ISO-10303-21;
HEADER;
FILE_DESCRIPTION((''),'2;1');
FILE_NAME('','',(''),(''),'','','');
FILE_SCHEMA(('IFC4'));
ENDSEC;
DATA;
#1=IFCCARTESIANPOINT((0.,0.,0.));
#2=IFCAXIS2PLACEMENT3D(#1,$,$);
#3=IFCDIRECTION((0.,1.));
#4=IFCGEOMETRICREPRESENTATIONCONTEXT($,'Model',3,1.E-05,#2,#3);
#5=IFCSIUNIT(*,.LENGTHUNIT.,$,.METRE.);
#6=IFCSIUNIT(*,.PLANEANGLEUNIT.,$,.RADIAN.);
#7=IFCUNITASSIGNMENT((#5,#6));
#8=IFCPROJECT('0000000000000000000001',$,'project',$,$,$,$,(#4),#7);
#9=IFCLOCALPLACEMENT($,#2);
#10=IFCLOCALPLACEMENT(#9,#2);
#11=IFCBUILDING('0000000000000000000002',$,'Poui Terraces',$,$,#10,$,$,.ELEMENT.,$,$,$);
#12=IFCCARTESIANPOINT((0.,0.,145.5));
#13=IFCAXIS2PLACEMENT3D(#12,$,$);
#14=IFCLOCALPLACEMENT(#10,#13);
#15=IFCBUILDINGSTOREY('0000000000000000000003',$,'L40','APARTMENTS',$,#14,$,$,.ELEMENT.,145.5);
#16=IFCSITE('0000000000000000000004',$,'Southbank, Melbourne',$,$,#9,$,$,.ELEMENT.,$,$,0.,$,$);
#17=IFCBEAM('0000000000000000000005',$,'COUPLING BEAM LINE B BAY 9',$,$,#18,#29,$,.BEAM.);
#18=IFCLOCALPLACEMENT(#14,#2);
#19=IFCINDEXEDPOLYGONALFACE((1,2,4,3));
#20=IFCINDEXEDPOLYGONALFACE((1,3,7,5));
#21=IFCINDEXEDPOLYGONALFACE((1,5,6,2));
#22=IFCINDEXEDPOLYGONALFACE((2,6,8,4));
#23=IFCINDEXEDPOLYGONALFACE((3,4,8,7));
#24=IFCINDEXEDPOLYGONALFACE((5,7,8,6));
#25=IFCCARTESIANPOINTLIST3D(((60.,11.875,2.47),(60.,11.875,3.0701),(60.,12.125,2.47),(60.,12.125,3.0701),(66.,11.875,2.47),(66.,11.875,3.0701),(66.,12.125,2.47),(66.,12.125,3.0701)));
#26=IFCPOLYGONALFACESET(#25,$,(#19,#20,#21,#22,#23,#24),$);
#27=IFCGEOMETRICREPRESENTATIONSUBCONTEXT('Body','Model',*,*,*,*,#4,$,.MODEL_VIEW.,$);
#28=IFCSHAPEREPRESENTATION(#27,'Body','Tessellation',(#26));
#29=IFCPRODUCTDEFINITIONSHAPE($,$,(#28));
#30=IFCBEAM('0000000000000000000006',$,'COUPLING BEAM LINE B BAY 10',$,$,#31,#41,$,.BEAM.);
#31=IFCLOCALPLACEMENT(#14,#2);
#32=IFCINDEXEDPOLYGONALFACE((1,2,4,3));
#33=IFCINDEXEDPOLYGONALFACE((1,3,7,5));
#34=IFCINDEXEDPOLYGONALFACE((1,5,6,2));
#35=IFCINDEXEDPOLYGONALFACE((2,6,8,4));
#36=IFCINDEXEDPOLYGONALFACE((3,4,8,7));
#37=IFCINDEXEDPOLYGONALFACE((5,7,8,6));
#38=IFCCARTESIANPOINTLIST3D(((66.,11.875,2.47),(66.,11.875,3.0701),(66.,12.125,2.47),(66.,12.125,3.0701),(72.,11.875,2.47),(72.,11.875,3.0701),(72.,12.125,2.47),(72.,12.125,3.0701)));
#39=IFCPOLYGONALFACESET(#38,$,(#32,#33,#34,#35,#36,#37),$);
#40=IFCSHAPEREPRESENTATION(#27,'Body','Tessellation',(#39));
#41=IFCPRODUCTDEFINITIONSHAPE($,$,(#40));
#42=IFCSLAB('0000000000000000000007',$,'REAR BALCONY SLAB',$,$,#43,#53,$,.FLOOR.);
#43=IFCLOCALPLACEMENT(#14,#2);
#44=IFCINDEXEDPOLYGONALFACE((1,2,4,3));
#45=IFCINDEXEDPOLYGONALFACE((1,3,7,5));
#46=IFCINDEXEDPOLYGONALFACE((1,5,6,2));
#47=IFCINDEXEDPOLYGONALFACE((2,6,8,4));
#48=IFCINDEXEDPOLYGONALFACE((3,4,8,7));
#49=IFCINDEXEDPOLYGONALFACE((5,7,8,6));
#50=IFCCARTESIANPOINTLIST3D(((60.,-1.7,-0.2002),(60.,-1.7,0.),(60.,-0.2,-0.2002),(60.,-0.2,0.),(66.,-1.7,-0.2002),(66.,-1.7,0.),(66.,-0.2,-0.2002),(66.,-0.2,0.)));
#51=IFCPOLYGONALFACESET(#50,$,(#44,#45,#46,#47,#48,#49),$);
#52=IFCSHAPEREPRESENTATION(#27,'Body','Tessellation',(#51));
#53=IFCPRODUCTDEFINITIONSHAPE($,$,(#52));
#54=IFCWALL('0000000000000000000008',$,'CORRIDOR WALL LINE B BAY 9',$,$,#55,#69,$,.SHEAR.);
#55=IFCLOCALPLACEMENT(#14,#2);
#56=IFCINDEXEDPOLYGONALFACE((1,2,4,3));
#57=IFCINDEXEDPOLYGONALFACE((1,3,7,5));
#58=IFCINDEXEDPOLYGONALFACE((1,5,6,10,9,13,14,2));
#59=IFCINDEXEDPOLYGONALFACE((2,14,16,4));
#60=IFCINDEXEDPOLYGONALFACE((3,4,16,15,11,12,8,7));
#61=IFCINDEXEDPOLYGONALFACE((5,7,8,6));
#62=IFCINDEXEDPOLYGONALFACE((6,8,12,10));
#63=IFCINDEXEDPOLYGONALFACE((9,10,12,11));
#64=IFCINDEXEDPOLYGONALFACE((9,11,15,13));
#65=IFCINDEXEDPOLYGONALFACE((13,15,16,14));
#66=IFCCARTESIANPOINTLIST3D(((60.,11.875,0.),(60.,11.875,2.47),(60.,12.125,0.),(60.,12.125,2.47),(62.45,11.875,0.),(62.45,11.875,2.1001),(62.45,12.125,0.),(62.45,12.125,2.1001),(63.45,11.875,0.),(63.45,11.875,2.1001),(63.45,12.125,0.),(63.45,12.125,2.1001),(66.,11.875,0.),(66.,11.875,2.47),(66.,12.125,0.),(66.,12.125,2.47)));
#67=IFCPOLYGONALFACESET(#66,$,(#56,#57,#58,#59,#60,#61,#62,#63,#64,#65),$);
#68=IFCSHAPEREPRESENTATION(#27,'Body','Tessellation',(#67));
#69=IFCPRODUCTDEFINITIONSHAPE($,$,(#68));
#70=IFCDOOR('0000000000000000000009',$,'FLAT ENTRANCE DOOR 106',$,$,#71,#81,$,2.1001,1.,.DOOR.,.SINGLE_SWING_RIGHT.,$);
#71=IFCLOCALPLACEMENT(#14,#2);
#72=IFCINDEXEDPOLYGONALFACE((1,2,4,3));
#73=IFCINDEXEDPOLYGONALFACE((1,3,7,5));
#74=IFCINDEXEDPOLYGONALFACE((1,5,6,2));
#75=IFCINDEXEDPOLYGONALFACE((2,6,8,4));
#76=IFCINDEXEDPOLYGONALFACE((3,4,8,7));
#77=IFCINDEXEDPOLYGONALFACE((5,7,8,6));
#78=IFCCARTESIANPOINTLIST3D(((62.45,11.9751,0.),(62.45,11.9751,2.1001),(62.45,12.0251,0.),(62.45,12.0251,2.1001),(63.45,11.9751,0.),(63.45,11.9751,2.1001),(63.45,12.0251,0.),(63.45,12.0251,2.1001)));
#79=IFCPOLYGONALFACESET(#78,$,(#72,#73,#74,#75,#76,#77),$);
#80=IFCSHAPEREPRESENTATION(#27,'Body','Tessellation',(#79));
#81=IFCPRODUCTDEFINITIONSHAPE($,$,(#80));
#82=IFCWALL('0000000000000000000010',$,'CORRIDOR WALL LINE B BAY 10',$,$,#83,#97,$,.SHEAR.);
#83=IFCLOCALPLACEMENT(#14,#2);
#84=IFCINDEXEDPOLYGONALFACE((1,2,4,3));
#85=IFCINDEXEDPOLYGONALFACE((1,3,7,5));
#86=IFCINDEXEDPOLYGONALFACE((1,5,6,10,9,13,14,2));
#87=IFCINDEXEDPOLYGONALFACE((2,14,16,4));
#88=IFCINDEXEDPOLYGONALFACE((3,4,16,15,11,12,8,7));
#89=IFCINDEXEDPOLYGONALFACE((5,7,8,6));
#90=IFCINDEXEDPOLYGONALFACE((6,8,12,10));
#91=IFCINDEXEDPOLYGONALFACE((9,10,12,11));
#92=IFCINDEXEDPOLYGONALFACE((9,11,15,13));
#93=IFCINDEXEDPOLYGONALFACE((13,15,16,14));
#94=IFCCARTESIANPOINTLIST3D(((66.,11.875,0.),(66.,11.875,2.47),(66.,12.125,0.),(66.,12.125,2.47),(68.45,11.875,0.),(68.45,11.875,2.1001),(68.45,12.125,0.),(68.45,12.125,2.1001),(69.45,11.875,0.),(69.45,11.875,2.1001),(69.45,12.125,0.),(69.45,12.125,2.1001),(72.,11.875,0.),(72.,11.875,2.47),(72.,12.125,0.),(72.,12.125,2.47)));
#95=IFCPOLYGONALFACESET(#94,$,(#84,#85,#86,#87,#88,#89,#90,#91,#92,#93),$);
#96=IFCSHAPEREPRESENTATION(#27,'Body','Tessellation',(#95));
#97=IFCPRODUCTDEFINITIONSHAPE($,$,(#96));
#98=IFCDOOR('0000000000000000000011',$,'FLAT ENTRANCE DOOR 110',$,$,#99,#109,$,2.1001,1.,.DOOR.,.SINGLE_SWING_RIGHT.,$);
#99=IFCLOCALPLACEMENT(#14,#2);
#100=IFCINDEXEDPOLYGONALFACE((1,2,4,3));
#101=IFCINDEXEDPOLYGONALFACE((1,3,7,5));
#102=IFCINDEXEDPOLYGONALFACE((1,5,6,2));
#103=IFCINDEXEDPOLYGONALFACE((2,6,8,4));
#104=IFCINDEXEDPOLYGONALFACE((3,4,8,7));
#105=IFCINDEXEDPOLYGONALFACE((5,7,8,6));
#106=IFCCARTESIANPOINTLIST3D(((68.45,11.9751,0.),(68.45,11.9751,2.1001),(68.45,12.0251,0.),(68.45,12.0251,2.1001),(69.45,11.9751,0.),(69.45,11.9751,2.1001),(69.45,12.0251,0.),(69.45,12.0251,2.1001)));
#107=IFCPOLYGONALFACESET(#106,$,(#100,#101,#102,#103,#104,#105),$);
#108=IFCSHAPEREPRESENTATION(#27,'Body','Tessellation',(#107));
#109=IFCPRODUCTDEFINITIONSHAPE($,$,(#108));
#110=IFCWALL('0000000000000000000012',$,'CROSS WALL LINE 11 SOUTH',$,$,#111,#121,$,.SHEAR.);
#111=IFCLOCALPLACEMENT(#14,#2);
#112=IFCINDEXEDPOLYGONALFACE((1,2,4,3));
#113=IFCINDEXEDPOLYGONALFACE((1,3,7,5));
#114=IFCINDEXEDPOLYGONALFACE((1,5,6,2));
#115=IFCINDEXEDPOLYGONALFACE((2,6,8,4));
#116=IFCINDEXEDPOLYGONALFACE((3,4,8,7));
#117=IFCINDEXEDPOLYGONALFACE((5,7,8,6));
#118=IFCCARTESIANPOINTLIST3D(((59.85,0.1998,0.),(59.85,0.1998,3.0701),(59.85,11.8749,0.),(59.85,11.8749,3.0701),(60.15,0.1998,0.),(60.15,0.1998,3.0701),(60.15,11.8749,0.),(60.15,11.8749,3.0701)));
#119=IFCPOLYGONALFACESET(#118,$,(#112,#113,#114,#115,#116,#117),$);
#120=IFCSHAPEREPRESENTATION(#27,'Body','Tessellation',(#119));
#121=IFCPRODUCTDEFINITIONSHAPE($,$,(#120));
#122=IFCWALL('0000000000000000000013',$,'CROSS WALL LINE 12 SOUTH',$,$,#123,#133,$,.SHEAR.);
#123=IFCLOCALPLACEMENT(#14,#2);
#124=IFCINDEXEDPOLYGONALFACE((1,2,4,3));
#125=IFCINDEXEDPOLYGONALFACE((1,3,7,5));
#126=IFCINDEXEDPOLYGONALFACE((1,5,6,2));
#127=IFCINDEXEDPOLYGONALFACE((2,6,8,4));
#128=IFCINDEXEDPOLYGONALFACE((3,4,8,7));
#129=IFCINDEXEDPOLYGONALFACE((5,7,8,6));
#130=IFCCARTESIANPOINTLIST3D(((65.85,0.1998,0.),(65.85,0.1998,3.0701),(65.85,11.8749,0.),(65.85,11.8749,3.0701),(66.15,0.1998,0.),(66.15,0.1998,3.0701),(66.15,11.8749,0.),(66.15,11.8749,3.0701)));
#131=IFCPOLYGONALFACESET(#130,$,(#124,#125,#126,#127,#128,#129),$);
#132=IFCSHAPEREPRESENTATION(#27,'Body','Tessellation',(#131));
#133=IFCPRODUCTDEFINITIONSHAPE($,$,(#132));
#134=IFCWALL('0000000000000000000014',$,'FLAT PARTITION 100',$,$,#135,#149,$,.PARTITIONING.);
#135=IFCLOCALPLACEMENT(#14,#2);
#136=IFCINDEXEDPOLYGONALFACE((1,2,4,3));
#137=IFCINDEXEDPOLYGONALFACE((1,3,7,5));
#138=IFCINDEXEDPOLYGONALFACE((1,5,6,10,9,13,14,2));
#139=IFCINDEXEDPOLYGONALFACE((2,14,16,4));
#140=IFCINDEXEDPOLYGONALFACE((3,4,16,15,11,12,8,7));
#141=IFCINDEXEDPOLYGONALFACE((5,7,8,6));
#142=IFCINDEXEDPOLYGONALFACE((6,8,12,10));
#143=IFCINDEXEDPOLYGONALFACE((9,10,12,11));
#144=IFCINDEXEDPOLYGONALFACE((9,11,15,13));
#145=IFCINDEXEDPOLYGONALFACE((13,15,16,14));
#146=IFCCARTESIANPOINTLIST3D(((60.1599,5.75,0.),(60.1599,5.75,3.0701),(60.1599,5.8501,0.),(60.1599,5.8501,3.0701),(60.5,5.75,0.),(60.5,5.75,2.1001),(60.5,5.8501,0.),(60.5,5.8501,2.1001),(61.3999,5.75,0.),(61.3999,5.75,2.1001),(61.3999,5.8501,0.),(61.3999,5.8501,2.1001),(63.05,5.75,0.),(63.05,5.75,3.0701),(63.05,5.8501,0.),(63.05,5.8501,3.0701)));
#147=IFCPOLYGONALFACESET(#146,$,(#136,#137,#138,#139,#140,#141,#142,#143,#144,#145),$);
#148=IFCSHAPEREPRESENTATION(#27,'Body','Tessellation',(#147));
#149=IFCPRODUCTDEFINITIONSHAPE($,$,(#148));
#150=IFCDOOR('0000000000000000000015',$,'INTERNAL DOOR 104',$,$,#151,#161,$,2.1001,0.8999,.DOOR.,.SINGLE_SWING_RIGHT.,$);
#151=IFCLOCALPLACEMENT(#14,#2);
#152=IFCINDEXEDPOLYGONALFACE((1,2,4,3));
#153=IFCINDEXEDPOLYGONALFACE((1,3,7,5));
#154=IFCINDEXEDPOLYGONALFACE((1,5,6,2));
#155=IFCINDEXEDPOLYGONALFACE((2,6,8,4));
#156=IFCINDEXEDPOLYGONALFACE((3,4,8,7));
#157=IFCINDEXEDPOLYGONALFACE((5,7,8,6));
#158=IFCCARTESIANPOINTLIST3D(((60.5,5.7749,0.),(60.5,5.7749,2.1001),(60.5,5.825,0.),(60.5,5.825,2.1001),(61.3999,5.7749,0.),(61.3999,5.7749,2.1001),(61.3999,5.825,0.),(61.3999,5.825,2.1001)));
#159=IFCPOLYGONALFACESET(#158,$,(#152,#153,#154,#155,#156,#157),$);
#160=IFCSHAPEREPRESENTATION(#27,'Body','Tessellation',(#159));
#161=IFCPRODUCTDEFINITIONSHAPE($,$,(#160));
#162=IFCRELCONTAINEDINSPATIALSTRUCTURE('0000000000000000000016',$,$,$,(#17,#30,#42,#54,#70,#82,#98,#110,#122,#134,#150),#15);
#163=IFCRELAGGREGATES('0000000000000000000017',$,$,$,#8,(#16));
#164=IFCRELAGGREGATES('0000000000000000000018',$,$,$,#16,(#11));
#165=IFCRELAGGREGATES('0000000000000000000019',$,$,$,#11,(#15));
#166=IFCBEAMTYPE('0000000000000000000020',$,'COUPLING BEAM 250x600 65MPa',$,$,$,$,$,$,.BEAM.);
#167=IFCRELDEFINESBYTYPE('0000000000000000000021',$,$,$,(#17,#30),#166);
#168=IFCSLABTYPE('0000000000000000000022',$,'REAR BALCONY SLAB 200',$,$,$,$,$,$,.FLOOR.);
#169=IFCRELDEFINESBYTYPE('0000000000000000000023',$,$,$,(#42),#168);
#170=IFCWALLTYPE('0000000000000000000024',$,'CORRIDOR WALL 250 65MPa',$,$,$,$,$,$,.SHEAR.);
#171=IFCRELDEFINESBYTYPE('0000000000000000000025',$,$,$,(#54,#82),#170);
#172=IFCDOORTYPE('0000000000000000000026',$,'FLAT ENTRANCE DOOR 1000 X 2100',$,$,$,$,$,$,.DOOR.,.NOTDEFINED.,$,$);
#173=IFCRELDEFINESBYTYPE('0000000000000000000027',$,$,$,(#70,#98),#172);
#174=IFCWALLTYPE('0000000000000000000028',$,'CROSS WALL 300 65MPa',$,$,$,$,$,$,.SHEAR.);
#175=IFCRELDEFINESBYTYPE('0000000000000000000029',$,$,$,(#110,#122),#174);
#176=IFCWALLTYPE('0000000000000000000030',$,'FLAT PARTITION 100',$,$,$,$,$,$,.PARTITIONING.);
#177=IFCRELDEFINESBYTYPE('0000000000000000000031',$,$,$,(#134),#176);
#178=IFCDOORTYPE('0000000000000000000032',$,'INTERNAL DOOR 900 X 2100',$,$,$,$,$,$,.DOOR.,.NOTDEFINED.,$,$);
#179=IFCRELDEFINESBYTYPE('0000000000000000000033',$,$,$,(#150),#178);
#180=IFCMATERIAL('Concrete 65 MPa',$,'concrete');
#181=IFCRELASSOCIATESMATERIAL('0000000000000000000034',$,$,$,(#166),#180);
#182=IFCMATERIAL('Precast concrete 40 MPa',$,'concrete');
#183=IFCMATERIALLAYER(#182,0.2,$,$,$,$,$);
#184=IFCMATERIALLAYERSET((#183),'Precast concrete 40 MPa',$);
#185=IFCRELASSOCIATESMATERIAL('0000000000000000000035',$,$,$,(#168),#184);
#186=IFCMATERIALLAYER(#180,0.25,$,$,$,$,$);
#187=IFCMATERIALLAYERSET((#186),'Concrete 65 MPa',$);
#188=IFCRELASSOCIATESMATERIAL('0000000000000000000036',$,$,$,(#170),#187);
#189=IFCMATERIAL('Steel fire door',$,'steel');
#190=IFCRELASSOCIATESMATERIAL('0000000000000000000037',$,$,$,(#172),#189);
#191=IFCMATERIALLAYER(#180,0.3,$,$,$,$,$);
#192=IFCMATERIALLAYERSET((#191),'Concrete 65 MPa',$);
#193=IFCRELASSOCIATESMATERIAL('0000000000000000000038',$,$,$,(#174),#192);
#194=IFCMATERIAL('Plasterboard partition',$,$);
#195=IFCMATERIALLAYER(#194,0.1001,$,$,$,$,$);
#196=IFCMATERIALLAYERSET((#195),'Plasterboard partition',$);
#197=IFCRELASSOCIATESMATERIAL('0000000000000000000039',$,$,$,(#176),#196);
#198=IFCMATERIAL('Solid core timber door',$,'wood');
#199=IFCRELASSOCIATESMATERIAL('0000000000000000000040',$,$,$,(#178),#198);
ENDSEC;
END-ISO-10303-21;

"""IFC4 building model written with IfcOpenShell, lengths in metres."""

from ifc_helpers import new_model, si_unit, direction, frame, frame_2d, origin, origin_2d, place, context, subcontext, project, spatial, polyline, rectangle, outline, extrude, source, transform, mapped, material, layer, layer_set, material_profile, profile_set, type_object, element, fill, save


model = new_model("IFC4")

# Units and contexts
model_context = context("Model", 3, precision=1e-05, world=origin(), true_north=direction((0.0, 1.0)))
body_context = subcontext(model_context, "Body", "Model", "MODEL_VIEW")
ifc_project = project(units=[si_unit("LENGTHUNIT", "METRE"), si_unit("PLANEANGLEUNIT", "RADIAN")], contexts=[model_context])

# Site, building, storey
site_placement = place(None, origin())
site = spatial("IfcSite", under=ifc_project, at=site_placement, Name="Southbank, Melbourne", CompositionType="ELEMENT", RefElevation=0.0)
building_placement = place(site_placement, origin())
building = spatial("IfcBuilding", under=site, at=building_placement, Name="Poui Terraces", CompositionType="ELEMENT")
storey_placement = place(building_placement, frame((0.0, 0.0, 145.5)))
storey = spatial("IfcBuildingStorey", under=building, at=storey_placement, Name="L40", Description="APARTMENTS", CompositionType="ELEMENT", Elevation=145.5)

# Beams
ifc_material_1 = material(Name="Concrete 65 MPa", Category="concrete")
ifc_material_profile_1 = material_profile(ifc_material_1, rectangle(XDim=0.25, YDim=0.6001, at=origin_2d()), Name="RC 250x600")
ifc_profile_set_1 = profile_set([ifc_material_profile_1], Name="Concrete 65 MPa")
beam_type = type_object("IfcBeamType", Name="COUPLING BEAM 250x600 65MPa", PredefinedType="BEAM", material=ifc_profile_set_1)
shared_shape_1 = source(origin(), body_context, "Body", "SweptSolid", [
    extrude(rectangle(XDim=0.25, YDim=0.6001, at=origin_2d()), origin(), (0.0, 0.0, 1.0), 6.0),
])
for number, where, z_axis, x_axis, name in (
    (1, (60.0, 12.0, 2.77), (1.0, 0.0, 0.0), (0.0, 1.0, 0.0), "COUPLING BEAM LINE B BAY 9"),
    (2, (66.0, 12.0, 2.77), (1.0, 0.0, 0.0), (0.0, 1.0, 0.0), "COUPLING BEAM LINE B BAY 10"),
):
    element("IfcBeam", number, at=place(storey_placement, frame(where, z_axis=z_axis, x_axis=x_axis)), inside=storey, type_object=beam_type, Name=name, PredefinedType="BEAM", context=body_context, shape_type="MappedRepresentation", body=[
        mapped(shared_shape_1, transform((0.0, 0.0, 0.0))),
    ])

# Slab
ifc_material_2 = material(Name="Precast concrete 40 MPa", Category="concrete")
ifc_layer_1 = layer(ifc_material_2, 0.2)
ifc_layer_set_1 = layer_set([ifc_layer_1], Name="Precast concrete 40 MPa")
slab_type = type_object("IfcSlabType", Name="REAR BALCONY SLAB 200", PredefinedType="FLOOR", material=ifc_layer_set_1)
shared_shape_2 = source(origin(), body_context, "Body", "SweptSolid", [
    extrude(outline(polyline([(0.0, 0.0), (6.0, 0.0), (6.0, 1.5), (0.0, 1.5), (0.0, 0.0)])), origin(), (0.0, 0.0, 1.0), 0.2002),
])
slab_placement = place(storey_placement, frame((60.0, -1.7, -0.2002)))
element("IfcSlab", 3, at=slab_placement, inside=storey, type_object=slab_type, Name="REAR BALCONY SLAB", PredefinedType="FLOOR", context=body_context, shape_type="MappedRepresentation", body=[
    mapped(shared_shape_2, transform((0.0, 0.0, 0.0))),
])

# Walls, openings, doors
ifc_layer_2 = layer(ifc_material_1, 0.25)
ifc_layer_set_2 = layer_set([ifc_layer_2], Name="Concrete 65 MPa")
wall_type_1 = type_object("IfcWallType", Name="CORRIDOR WALL 250 65MPa", PredefinedType="SHEAR", material=ifc_layer_set_2)
wall_1_placement = place(storey_placement, frame((60.0, 12.0, 0.0), z_axis=(0.0, 0.0, 1.0), x_axis=(1.0, 0.0, 0.0)))
wall_1 = element("IfcWall", 4, at=wall_1_placement, inside=storey, type_object=wall_type_1, Name="CORRIDOR WALL LINE B BAY 9", PredefinedType="SHEAR", context=body_context, shape_type="SweptSolid", body=[
    extrude(rectangle(XDim=6.0, YDim=0.25, at=frame_2d((3.0, 0.0))), origin(), (0.0, 0.0, 1.0), 2.47),
])
opening_1_placement = place(wall_1_placement, frame((2.45, 0.0, 0.0)))
opening_1 = element("IfcOpeningElement", 5, at=opening_1_placement, cuts=wall_1, PredefinedType="OPENING", context=body_context, shape_type="SweptSolid", body=[
    extrude(rectangle(XDim=1.0, YDim=2.1001, at=frame_2d((0.5, 1.05))), frame((0.0, 0.135, 0.0), z_axis=(0.0, -1.0, 0.0), x_axis=(1.0, 0.0, 0.0)), (0.0, 0.0, 1.0), 0.27),
])
ifc_material_3 = material(Name="Steel fire door", Category="steel")
door_type_1 = type_object("IfcDoorType", Name="FLAT ENTRANCE DOOR 1000 X 2100", OperationType="NOTDEFINED", PredefinedType="DOOR", material=ifc_material_3)
door_1_placement = place(opening_1_placement, frame((1.0, 0.0, 0.0), z_axis=(0.0, 0.0, 1.0), x_axis=(-1.0, 0.0, 0.0)))
door_1 = element("IfcDoor", 6, at=door_1_placement, inside=storey, type_object=door_type_1, Name="FLAT ENTRANCE DOOR 106", OperationType="SINGLE_SWING_RIGHT", OverallHeight=2.1001, OverallWidth=1.0, PredefinedType="DOOR", context=body_context, shape_type="SweptSolid", body=[
    extrude(rectangle(XDim=1.0, YDim=2.1001, at=frame_2d((0.5, 1.05))), frame((0.0, 0.0249, 0.0), z_axis=(0.0, -1.0, 0.0), x_axis=(1.0, 0.0, 0.0)), (0.0, 0.0, 1.0), 0.05),
])
fill(opening_1, door_1)
wall_2_placement = place(storey_placement, frame((66.0, 12.0, 0.0), z_axis=(0.0, 0.0, 1.0), x_axis=(1.0, 0.0, 0.0)))
wall_2 = element("IfcWall", 7, at=wall_2_placement, inside=storey, type_object=wall_type_1, Name="CORRIDOR WALL LINE B BAY 10", PredefinedType="SHEAR", context=body_context, shape_type="SweptSolid", body=[
    extrude(rectangle(XDim=6.0, YDim=0.25, at=frame_2d((3.0, 0.0))), origin(), (0.0, 0.0, 1.0), 2.47),
])
opening_2_placement = place(wall_2_placement, frame((2.45, 0.0, 0.0)))
opening_2 = element("IfcOpeningElement", 8, at=opening_2_placement, cuts=wall_2, PredefinedType="OPENING", context=body_context, shape_type="SweptSolid", body=[
    extrude(rectangle(XDim=1.0, YDim=2.1001, at=frame_2d((0.5, 1.05))), frame((0.0, 0.135, 0.0), z_axis=(0.0, -1.0, 0.0), x_axis=(1.0, 0.0, 0.0)), (0.0, 0.0, 1.0), 0.27),
])
door_2_placement = place(opening_2_placement, frame((1.0, 0.0, 0.0), z_axis=(0.0, 0.0, 1.0), x_axis=(-1.0, 0.0, 0.0)))
door_2 = element("IfcDoor", 9, at=door_2_placement, inside=storey, type_object=door_type_1, Name="FLAT ENTRANCE DOOR 110", OperationType="SINGLE_SWING_RIGHT", OverallHeight=2.1001, OverallWidth=1.0, PredefinedType="DOOR", context=body_context, shape_type="SweptSolid", body=[
    extrude(rectangle(XDim=1.0, YDim=2.1001, at=frame_2d((0.5, 1.05))), frame((0.0, 0.0249, 0.0), z_axis=(0.0, -1.0, 0.0), x_axis=(1.0, 0.0, 0.0)), (0.0, 0.0, 1.0), 0.05),
])
fill(opening_2, door_2)

# Walls
ifc_layer_3 = layer(ifc_material_1, 0.3)
ifc_layer_set_3 = layer_set([ifc_layer_3], Name="Concrete 65 MPa")
wall_type_2 = type_object("IfcWallType", Name="CROSS WALL 300 65MPa", PredefinedType="SHEAR", material=ifc_layer_set_3)
for number, where, z_axis, x_axis, name in (
    (10, (60.0, 0.2, 0.0), (0.0, 0.0, 1.0), (0.0, 1.0, 0.0), "CROSS WALL LINE 11 SOUTH"),
    (11, (66.0, 0.2, 0.0), (0.0, 0.0, 1.0), (0.0, 1.0, 0.0), "CROSS WALL LINE 12 SOUTH"),
):
    element("IfcWall", number, at=place(storey_placement, frame(where, z_axis=z_axis, x_axis=x_axis)), inside=storey, type_object=wall_type_2, Name=name, PredefinedType="SHEAR", context=body_context, shape_type="SweptSolid", body=[
        extrude(rectangle(XDim=11.675, YDim=0.3, at=frame_2d((5.8374, 0.0))), origin(), (0.0, 0.0, 1.0), 3.0701),
    ])

# Wall, opening, door
ifc_material_4 = material(Name="Plasterboard partition")
ifc_layer_4 = layer(ifc_material_4, 0.1001)
ifc_layer_set_4 = layer_set([ifc_layer_4], Name="Plasterboard partition")
wall_type_3 = type_object("IfcWallType", Name="FLAT PARTITION 100", PredefinedType="PARTITIONING", material=ifc_layer_set_4)
wall_3_placement = place(storey_placement, frame((60.1599, 5.8, 0.0), z_axis=(0.0, 0.0, 1.0), x_axis=(1.0, 0.0, 0.0)))
wall_3 = element("IfcWall", 12, at=wall_3_placement, inside=storey, type_object=wall_type_3, Name="FLAT PARTITION 100", PredefinedType="PARTITIONING", context=body_context, shape_type="SweptSolid", body=[
    extrude(rectangle(XDim=2.8901, YDim=0.1001, at=frame_2d((1.4451, 0.0))), origin(), (0.0, 0.0, 1.0), 3.0701),
])
opening_3_placement = place(wall_3_placement, frame((0.3401, 0.0, 0.0)))
opening_3 = element("IfcOpeningElement", 13, at=opening_3_placement, cuts=wall_3, PredefinedType="OPENING", context=body_context, shape_type="SweptSolid", body=[
    extrude(rectangle(XDim=0.8999, YDim=2.1001, at=frame_2d((0.45, 1.05))), frame((0.0, 0.0601, 0.0), z_axis=(0.0, -1.0, 0.0), x_axis=(1.0, 0.0, 0.0)), (0.0, 0.0, 1.0), 0.1201),
])
ifc_material_5 = material(Name="Solid core timber door", Category="wood")
door_type_2 = type_object("IfcDoorType", Name="INTERNAL DOOR 900 X 2100", OperationType="NOTDEFINED", PredefinedType="DOOR", material=ifc_material_5)
door_3_placement = place(opening_3_placement, origin())
door_3 = element("IfcDoor", 14, at=door_3_placement, inside=storey, type_object=door_type_2, Name="INTERNAL DOOR 104", OperationType="SINGLE_SWING_RIGHT", OverallHeight=2.1001, OverallWidth=0.8999, PredefinedType="DOOR", context=body_context, shape_type="SweptSolid", body=[
    extrude(rectangle(XDim=0.8999, YDim=2.1001, at=frame_2d((0.45, 1.05))), frame((0.0, 0.0249, 0.0), z_axis=(0.0, -1.0, 0.0), x_axis=(1.0, 0.0, 0.0)), (0.0, 0.0, 1.0), 0.05),
])
fill(opening_3, door_3)

save(model, "model.ifc")
